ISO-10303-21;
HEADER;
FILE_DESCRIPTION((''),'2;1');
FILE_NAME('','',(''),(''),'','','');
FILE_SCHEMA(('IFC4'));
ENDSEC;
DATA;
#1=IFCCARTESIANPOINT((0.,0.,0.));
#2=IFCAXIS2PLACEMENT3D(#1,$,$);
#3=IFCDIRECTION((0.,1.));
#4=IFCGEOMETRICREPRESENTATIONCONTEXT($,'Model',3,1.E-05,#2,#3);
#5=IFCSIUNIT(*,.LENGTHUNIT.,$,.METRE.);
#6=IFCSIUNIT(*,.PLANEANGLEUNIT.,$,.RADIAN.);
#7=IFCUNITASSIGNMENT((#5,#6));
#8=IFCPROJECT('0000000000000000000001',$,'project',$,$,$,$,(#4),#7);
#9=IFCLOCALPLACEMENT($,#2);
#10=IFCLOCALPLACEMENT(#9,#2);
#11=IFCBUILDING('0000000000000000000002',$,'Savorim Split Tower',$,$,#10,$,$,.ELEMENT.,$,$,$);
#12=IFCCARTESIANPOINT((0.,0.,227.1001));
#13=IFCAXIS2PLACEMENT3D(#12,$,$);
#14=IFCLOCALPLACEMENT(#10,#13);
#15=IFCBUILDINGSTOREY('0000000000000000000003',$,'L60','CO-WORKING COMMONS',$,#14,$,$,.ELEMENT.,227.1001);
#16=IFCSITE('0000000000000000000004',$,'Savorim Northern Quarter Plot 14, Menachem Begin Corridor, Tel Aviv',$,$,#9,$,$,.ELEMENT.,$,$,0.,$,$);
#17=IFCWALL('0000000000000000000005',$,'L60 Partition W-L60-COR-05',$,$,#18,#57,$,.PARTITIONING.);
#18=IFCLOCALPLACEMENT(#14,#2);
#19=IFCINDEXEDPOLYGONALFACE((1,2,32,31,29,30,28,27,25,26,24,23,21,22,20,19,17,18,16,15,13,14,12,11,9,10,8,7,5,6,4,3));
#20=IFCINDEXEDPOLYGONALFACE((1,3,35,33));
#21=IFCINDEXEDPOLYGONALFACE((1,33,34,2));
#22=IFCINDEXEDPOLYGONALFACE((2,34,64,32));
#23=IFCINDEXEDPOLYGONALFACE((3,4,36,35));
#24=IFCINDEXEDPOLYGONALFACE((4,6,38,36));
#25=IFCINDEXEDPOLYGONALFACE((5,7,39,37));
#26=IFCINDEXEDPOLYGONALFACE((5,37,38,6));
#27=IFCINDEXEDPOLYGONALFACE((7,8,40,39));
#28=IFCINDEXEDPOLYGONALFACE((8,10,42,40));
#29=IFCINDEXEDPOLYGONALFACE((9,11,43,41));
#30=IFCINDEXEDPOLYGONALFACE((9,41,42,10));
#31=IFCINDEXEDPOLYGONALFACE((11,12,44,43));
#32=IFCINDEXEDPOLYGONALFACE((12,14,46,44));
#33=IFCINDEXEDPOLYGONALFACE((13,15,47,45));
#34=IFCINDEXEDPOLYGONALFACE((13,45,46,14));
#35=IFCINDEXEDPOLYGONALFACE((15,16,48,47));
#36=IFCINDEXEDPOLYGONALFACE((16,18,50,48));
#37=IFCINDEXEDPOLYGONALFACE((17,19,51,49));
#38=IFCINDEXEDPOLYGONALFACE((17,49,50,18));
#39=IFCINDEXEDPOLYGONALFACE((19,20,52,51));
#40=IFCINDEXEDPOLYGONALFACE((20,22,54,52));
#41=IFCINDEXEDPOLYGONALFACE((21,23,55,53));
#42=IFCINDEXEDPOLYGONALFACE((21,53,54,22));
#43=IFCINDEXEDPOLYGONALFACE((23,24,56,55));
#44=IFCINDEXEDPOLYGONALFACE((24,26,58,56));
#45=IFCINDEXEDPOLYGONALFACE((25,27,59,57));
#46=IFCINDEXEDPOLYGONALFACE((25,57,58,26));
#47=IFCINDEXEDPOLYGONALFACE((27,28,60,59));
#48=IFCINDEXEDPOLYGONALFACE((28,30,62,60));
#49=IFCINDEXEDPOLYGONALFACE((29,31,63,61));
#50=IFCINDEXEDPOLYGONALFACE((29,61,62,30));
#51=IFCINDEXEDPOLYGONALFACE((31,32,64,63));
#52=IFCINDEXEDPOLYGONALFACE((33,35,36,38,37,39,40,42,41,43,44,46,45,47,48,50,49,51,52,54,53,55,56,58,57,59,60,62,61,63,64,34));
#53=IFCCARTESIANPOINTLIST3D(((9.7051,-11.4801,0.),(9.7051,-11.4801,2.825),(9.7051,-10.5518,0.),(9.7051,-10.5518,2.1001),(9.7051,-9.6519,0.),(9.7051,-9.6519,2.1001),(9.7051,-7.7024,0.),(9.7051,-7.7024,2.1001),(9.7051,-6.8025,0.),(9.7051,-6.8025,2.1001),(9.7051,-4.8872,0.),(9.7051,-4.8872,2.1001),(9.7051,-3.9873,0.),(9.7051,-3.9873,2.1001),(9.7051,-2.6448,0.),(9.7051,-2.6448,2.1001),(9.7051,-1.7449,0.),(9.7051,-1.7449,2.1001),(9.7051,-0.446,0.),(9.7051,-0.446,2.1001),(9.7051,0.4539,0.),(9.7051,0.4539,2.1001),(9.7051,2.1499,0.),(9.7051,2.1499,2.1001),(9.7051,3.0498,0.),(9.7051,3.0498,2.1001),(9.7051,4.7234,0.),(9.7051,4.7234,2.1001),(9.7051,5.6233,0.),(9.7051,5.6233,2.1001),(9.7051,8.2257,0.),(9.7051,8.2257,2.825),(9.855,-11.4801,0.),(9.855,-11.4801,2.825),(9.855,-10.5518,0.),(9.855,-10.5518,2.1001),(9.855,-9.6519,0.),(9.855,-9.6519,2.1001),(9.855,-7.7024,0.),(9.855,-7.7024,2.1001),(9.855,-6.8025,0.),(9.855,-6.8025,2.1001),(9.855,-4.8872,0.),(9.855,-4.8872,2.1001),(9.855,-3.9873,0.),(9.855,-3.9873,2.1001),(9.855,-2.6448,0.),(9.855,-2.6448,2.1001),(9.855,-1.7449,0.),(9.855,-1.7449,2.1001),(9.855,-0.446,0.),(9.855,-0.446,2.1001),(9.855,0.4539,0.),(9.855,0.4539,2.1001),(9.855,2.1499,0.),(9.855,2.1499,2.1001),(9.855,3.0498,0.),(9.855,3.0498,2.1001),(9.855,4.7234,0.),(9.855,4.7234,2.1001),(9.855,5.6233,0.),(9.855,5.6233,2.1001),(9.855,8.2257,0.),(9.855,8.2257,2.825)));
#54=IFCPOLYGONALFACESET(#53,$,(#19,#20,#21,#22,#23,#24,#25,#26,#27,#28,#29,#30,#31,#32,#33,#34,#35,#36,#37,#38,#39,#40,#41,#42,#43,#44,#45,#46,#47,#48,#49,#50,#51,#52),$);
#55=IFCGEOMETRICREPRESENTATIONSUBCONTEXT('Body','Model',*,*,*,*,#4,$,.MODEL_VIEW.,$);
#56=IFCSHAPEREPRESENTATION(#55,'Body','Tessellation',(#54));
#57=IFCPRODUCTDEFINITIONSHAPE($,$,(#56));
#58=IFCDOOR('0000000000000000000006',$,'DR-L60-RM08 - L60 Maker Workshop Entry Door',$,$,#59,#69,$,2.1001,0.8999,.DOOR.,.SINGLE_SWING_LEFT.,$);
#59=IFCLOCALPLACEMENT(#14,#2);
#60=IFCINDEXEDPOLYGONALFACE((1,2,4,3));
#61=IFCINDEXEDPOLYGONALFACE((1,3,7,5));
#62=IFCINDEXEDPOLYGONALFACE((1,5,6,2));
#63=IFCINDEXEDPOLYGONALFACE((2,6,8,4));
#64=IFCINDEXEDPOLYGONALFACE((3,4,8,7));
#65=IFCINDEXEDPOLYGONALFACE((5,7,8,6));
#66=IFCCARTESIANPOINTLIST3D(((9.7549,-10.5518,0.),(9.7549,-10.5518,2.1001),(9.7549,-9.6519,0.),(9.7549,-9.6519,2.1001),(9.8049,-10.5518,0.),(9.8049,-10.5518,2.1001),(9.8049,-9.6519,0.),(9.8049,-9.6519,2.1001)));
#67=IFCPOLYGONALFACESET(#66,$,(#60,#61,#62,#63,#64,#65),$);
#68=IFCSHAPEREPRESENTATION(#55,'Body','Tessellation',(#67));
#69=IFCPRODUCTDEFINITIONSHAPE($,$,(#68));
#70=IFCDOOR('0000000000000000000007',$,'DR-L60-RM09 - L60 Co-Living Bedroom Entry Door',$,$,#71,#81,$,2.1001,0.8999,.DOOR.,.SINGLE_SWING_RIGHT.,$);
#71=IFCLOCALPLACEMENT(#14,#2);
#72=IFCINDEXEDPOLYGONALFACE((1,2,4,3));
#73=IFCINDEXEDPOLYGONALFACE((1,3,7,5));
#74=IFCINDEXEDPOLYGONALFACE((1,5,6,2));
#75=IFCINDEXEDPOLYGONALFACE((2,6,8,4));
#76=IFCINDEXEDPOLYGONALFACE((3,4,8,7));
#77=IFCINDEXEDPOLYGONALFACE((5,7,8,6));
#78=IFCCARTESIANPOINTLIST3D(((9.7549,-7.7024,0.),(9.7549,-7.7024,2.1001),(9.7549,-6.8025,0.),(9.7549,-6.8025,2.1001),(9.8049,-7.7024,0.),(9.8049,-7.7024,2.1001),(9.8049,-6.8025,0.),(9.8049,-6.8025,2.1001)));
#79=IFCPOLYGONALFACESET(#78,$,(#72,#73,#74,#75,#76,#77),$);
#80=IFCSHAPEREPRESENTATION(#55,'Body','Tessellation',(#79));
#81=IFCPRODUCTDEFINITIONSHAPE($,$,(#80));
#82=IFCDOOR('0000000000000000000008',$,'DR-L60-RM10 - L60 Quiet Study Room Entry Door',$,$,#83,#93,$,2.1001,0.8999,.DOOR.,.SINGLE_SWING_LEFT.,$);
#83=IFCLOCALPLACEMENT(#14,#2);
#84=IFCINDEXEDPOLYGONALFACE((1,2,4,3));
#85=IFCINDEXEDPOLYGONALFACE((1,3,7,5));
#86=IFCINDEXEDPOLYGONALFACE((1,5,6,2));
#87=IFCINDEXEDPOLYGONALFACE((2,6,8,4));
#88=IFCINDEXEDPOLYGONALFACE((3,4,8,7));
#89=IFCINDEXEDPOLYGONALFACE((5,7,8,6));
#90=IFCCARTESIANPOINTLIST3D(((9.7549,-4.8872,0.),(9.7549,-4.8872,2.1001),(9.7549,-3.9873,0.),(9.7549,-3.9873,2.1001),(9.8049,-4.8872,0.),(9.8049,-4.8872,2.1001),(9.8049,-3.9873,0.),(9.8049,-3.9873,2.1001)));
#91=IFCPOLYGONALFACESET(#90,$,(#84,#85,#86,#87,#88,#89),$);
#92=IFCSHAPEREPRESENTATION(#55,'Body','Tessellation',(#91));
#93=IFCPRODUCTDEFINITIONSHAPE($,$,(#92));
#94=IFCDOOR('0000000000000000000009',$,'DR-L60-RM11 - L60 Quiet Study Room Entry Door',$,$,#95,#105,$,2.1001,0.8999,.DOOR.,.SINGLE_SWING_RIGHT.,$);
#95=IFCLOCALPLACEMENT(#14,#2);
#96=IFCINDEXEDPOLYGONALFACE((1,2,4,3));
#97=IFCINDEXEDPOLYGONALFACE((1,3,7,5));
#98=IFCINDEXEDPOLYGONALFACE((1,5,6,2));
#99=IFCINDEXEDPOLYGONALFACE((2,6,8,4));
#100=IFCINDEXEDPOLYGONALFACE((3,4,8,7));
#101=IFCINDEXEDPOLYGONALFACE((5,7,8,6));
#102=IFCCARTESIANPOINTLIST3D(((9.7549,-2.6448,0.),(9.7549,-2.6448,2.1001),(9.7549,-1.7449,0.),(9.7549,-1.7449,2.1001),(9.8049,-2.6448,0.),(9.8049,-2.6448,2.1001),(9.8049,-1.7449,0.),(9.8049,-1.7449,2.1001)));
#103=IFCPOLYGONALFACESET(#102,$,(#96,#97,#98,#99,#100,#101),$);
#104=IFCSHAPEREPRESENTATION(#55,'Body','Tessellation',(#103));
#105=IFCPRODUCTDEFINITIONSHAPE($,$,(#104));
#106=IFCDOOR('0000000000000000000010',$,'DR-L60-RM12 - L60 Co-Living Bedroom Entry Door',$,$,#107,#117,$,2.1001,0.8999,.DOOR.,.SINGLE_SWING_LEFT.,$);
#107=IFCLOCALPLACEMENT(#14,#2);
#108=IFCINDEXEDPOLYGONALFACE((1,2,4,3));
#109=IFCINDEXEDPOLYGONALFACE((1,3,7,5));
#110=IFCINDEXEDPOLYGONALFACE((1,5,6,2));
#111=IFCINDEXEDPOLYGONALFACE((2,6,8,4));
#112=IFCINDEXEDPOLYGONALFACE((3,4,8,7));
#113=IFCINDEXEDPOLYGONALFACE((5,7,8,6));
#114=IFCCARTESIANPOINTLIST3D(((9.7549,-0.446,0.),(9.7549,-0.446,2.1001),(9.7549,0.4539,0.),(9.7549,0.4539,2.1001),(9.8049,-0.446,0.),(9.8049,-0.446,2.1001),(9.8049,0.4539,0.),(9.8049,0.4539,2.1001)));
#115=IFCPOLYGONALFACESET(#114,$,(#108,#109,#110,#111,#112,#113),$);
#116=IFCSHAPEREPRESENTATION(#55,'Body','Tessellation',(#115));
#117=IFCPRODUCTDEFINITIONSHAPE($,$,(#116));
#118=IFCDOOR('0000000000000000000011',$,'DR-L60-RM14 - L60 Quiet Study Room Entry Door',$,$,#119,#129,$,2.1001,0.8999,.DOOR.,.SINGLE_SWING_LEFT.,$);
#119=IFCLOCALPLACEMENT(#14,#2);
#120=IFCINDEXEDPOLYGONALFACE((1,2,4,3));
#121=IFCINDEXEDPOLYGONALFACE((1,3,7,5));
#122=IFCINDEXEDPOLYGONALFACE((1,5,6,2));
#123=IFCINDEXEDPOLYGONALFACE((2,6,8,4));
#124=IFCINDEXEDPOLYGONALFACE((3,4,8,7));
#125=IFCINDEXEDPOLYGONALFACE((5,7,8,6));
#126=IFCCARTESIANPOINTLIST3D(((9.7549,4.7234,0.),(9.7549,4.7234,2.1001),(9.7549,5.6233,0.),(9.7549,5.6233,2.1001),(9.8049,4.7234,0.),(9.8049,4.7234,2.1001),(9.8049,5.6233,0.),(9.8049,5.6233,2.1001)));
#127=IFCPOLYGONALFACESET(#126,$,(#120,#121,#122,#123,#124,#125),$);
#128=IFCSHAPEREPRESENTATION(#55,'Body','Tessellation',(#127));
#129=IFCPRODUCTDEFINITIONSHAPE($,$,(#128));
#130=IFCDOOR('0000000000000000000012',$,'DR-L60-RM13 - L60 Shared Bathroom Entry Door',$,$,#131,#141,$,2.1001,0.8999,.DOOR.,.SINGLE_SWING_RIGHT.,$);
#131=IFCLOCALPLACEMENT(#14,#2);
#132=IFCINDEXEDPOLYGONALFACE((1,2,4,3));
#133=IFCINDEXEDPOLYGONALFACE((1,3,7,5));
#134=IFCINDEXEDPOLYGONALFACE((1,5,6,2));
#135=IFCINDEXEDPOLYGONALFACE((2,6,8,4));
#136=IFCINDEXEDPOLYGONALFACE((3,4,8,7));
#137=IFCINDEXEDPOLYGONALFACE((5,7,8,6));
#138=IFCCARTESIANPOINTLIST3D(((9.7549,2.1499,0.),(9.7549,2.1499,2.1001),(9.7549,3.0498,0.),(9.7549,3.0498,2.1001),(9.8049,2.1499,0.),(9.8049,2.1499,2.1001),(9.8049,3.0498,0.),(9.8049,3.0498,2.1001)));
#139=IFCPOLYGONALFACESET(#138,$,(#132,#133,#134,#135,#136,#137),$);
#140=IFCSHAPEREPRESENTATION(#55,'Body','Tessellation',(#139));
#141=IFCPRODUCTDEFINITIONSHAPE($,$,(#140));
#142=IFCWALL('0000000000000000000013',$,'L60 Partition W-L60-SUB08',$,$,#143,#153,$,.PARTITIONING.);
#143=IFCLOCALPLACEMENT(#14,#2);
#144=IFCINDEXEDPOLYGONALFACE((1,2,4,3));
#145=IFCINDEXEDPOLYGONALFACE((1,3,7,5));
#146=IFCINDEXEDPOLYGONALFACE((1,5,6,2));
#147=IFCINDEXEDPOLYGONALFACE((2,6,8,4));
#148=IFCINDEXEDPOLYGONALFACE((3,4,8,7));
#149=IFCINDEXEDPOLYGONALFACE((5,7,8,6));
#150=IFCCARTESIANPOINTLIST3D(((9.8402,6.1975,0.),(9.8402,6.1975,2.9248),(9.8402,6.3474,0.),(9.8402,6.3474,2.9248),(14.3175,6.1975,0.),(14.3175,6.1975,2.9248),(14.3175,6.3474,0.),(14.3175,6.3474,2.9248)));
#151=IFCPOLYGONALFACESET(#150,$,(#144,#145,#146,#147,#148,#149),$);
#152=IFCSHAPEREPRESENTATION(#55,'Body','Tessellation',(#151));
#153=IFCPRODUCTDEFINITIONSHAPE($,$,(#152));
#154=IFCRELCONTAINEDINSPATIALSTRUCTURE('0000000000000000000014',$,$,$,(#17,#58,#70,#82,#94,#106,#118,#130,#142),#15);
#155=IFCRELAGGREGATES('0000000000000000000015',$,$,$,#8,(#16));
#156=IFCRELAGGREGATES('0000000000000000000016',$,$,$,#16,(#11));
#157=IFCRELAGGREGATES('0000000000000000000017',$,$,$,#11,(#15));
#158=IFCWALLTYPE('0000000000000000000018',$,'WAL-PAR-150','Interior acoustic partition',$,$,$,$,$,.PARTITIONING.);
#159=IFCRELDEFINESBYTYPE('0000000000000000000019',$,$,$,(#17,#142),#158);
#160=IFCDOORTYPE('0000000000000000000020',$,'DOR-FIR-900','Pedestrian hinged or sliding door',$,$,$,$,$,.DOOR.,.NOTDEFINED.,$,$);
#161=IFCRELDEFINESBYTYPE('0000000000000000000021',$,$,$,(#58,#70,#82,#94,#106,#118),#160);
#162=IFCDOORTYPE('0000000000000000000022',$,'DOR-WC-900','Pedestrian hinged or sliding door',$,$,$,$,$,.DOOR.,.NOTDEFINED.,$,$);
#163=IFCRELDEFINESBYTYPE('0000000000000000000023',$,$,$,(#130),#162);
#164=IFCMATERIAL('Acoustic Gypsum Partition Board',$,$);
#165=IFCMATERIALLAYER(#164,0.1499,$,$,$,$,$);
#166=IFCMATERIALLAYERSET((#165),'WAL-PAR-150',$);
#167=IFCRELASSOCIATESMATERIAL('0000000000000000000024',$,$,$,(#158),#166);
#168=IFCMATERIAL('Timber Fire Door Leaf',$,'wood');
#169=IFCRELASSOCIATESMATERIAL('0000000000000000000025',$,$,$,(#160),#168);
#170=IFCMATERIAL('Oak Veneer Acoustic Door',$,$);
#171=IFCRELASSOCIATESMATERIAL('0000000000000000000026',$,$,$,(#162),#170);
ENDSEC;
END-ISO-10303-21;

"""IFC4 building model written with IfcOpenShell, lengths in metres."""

from ifc_helpers import new_model, si_unit, direction, frame, frame_2d, origin, place, context, subcontext, project, spatial, rectangle, extrude, material, layer, layer_set, type_object, element, fill, save


model = new_model("IFC4")

# Units and contexts
model_context = context("Model", 3, precision=1e-05, world=origin(), true_north=direction((0.0, 1.0)))
body_context = subcontext(model_context, "Body", "Model", "MODEL_VIEW")
ifc_project = project(units=[si_unit("LENGTHUNIT", "METRE"), si_unit("PLANEANGLEUNIT", "RADIAN")], contexts=[model_context])

# Site, building, storey
site_placement = place(None, origin())
site = spatial("IfcSite", under=ifc_project, at=site_placement, Name="Savorim Northern Quarter Plot 14, Menachem Begin Corridor, Tel Aviv", CompositionType="ELEMENT", RefElevation=0.0)
building_placement = place(site_placement, origin())
building = spatial("IfcBuilding", under=site, at=building_placement, Name="Savorim Split Tower", CompositionType="ELEMENT")
storey_placement = place(building_placement, frame((0.0, 0.0, 227.1001)))
storey = spatial("IfcBuildingStorey", under=building, at=storey_placement, Name="L60", Description="CO-WORKING COMMONS", CompositionType="ELEMENT", Elevation=227.1001)

# Shared definitions
ifc_material_1 = material(Name="Timber Fire Door Leaf", Category="wood")

# Shared definitions
ifc_material_2 = material(Name="Acoustic Gypsum Partition Board")
ifc_layer_1 = layer(ifc_material_2, 0.1499)
ifc_layer_set_1 = layer_set([ifc_layer_1], Name="WAL-PAR-150")
wall_type_1 = type_object("IfcWallType", Name="WAL-PAR-150", Description="Interior acoustic partition", PredefinedType="PARTITIONING", material=ifc_layer_set_1)

# Wall, openings, doors
wall_1_placement = place(storey_placement, frame((9.78, 8.2258, 0.0), z_axis=(0.0, 0.0, 1.0), x_axis=(0.0, -1.0, 0.0)))
wall_1 = element("IfcWall", 1, at=wall_1_placement, inside=storey, type_object=wall_type_1, Name="L60 Partition W-L60-COR-05", PredefinedType="PARTITIONING", context=body_context, shape_type="SweptSolid", body=[
    extrude(rectangle(XDim=19.7058, YDim=0.1499, at=frame_2d((9.853, 0.0))), origin(), (0.0, 0.0, 1.0), 2.825),
])
opening_1_placement = place(wall_1_placement, frame((17.8777, 0.0, 0.0)))
opening_1 = element("IfcOpeningElement", 2, at=opening_1_placement, cuts=wall_1, PredefinedType="OPENING", context=body_context, shape_type="SweptSolid", body=[
    extrude(rectangle(XDim=0.8999, YDim=2.1001, at=frame_2d((0.45, 1.05))), frame((0.0, 0.085, 0.0), z_axis=(0.0, -1.0, 0.0), x_axis=(1.0, 0.0, 0.0)), (0.0, 0.0, 1.0), 0.1699),
])
opening_2_placement = place(wall_1_placement, frame((15.0283, 0.0, 0.0)))
opening_2 = element("IfcOpeningElement", 3, at=opening_2_placement, cuts=wall_1, PredefinedType="OPENING", context=body_context, shape_type="SweptSolid", body=[
    extrude(rectangle(XDim=0.8999, YDim=2.1001, at=frame_2d((0.45, 1.05))), frame((0.0, 0.085, 0.0), z_axis=(0.0, -1.0, 0.0), x_axis=(1.0, 0.0, 0.0)), (0.0, 0.0, 1.0), 0.1699),
])
opening_3_placement = place(wall_1_placement, frame((12.2131, 0.0, 0.0)))
opening_3 = element("IfcOpeningElement", 4, at=opening_3_placement, cuts=wall_1, PredefinedType="OPENING", context=body_context, shape_type="SweptSolid", body=[
    extrude(rectangle(XDim=0.8999, YDim=2.1001, at=frame_2d((0.45, 1.05))), frame((0.0, 0.085, 0.0), z_axis=(0.0, -1.0, 0.0), x_axis=(1.0, 0.0, 0.0)), (0.0, 0.0, 1.0), 0.1699),
])
opening_4_placement = place(wall_1_placement, frame((9.9707, 0.0, 0.0)))
opening_4 = element("IfcOpeningElement", 5, at=opening_4_placement, cuts=wall_1, PredefinedType="OPENING", context=body_context, shape_type="SweptSolid", body=[
    extrude(rectangle(XDim=0.8999, YDim=2.1001, at=frame_2d((0.45, 1.05))), frame((0.0, 0.085, 0.0), z_axis=(0.0, -1.0, 0.0), x_axis=(1.0, 0.0, 0.0)), (0.0, 0.0, 1.0), 0.1699),
])
opening_5_placement = place(wall_1_placement, frame((7.772, 0.0, 0.0)))
opening_5 = element("IfcOpeningElement", 6, at=opening_5_placement, cuts=wall_1, PredefinedType="OPENING", context=body_context, shape_type="SweptSolid", body=[
    extrude(rectangle(XDim=0.8999, YDim=2.1001, at=frame_2d((0.45, 1.05))), frame((0.0, 0.085, 0.0), z_axis=(0.0, -1.0, 0.0), x_axis=(1.0, 0.0, 0.0)), (0.0, 0.0, 1.0), 0.1699),
])
opening_6_placement = place(wall_1_placement, frame((5.176, 0.0, 0.0)))
opening_6 = element("IfcOpeningElement", 7, at=opening_6_placement, cuts=wall_1, PredefinedType="OPENING", context=body_context, shape_type="SweptSolid", body=[
    extrude(rectangle(XDim=0.8999, YDim=2.1001, at=frame_2d((0.45, 1.05))), frame((0.0, 0.085, 0.0), z_axis=(0.0, -1.0, 0.0), x_axis=(1.0, 0.0, 0.0)), (0.0, 0.0, 1.0), 0.1699),
])
opening_7_placement = place(wall_1_placement, frame((2.6025, 0.0, 0.0)))
opening_7 = element("IfcOpeningElement", 8, at=opening_7_placement, cuts=wall_1, PredefinedType="OPENING", context=body_context, shape_type="SweptSolid", body=[
    extrude(rectangle(XDim=0.8999, YDim=2.1001, at=frame_2d((0.45, 1.05))), frame((0.0, 0.085, 0.0), z_axis=(0.0, -1.0, 0.0), x_axis=(1.0, 0.0, 0.0)), (0.0, 0.0, 1.0), 0.1699),
])
door_type_1 = type_object("IfcDoorType", Name="DOR-FIR-900", Description="Pedestrian hinged or sliding door", OperationType="NOTDEFINED", PredefinedType="DOOR", material=ifc_material_1)
door_1_placement = place(opening_1_placement, origin())
door_1 = element("IfcDoor", 9, at=door_1_placement, inside=storey, type_object=door_type_1, Name="DR-L60-RM08 - L60 Maker Workshop Entry Door", OperationType="SINGLE_SWING_LEFT", OverallHeight=2.1001, OverallWidth=0.8999, PredefinedType="DOOR", context=body_context, shape_type="SweptSolid", body=[
    extrude(rectangle(XDim=0.8999, YDim=2.1001, at=frame_2d((0.45, 1.05))), frame((0.0, 0.0249, 0.0), z_axis=(0.0, -1.0, 0.0), x_axis=(1.0, 0.0, 0.0)), (0.0, 0.0, 1.0), 0.05),
])
fill(opening_1, door_1)
door_2_placement = place(opening_2_placement, origin())
door_2 = element("IfcDoor", 10, at=door_2_placement, inside=storey, type_object=door_type_1, Name="DR-L60-RM09 - L60 Co-Living Bedroom Entry Door", OperationType="SINGLE_SWING_RIGHT", OverallHeight=2.1001, OverallWidth=0.8999, PredefinedType="DOOR", context=body_context, shape_type="SweptSolid", body=[
    extrude(rectangle(XDim=0.8999, YDim=2.1001, at=frame_2d((0.45, 1.05))), frame((0.0, 0.0249, 0.0), z_axis=(0.0, -1.0, 0.0), x_axis=(1.0, 0.0, 0.0)), (0.0, 0.0, 1.0), 0.05),
])
fill(opening_2, door_2)
door_3_placement = place(opening_3_placement, origin())
door_3 = element("IfcDoor", 11, at=door_3_placement, inside=storey, type_object=door_type_1, Name="DR-L60-RM10 - L60 Quiet Study Room Entry Door", OperationType="SINGLE_SWING_LEFT", OverallHeight=2.1001, OverallWidth=0.8999, PredefinedType="DOOR", context=body_context, shape_type="SweptSolid", body=[
    extrude(rectangle(XDim=0.8999, YDim=2.1001, at=frame_2d((0.45, 1.05))), frame((0.0, 0.0249, 0.0), z_axis=(0.0, -1.0, 0.0), x_axis=(1.0, 0.0, 0.0)), (0.0, 0.0, 1.0), 0.05),
])
fill(opening_3, door_3)
door_4_placement = place(opening_4_placement, origin())
door_4 = element("IfcDoor", 12, at=door_4_placement, inside=storey, type_object=door_type_1, Name="DR-L60-RM11 - L60 Quiet Study Room Entry Door", OperationType="SINGLE_SWING_RIGHT", OverallHeight=2.1001, OverallWidth=0.8999, PredefinedType="DOOR", context=body_context, shape_type="SweptSolid", body=[
    extrude(rectangle(XDim=0.8999, YDim=2.1001, at=frame_2d((0.45, 1.05))), frame((0.0, 0.0249, 0.0), z_axis=(0.0, -1.0, 0.0), x_axis=(1.0, 0.0, 0.0)), (0.0, 0.0, 1.0), 0.05),
])
fill(opening_4, door_4)
door_5_placement = place(opening_5_placement, origin())
door_5 = element("IfcDoor", 13, at=door_5_placement, inside=storey, type_object=door_type_1, Name="DR-L60-RM12 - L60 Co-Living Bedroom Entry Door", OperationType="SINGLE_SWING_LEFT", OverallHeight=2.1001, OverallWidth=0.8999, PredefinedType="DOOR", context=body_context, shape_type="SweptSolid", body=[
    extrude(rectangle(XDim=0.8999, YDim=2.1001, at=frame_2d((0.45, 1.05))), frame((0.0, 0.0249, 0.0), z_axis=(0.0, -1.0, 0.0), x_axis=(1.0, 0.0, 0.0)), (0.0, 0.0, 1.0), 0.05),
])
fill(opening_5, door_5)
door_6_placement = place(opening_7_placement, origin())
door_6 = element("IfcDoor", 14, at=door_6_placement, inside=storey, type_object=door_type_1, Name="DR-L60-RM14 - L60 Quiet Study Room Entry Door", OperationType="SINGLE_SWING_LEFT", OverallHeight=2.1001, OverallWidth=0.8999, PredefinedType="DOOR", context=body_context, shape_type="SweptSolid", body=[
    extrude(rectangle(XDim=0.8999, YDim=2.1001, at=frame_2d((0.45, 1.05))), frame((0.0, 0.0249, 0.0), z_axis=(0.0, -1.0, 0.0), x_axis=(1.0, 0.0, 0.0)), (0.0, 0.0, 1.0), 0.05),
])
fill(opening_7, door_6)
ifc_material_3 = material(Name="Oak Veneer Acoustic Door")
door_type_2 = type_object("IfcDoorType", Name="DOR-WC-900", Description="Pedestrian hinged or sliding door", OperationType="NOTDEFINED", PredefinedType="DOOR", material=ifc_material_3)
door_7_placement = place(opening_6_placement, origin())
door_7 = element("IfcDoor", 15, at=door_7_placement, inside=storey, type_object=door_type_2, Name="DR-L60-RM13 - L60 Shared Bathroom Entry Door", OperationType="SINGLE_SWING_RIGHT", OverallHeight=2.1001, OverallWidth=0.8999, PredefinedType="DOOR", context=body_context, shape_type="SweptSolid", body=[
    extrude(rectangle(XDim=0.8999, YDim=2.1001, at=frame_2d((0.45, 1.05))), frame((0.0, 0.0249, 0.0), z_axis=(0.0, -1.0, 0.0), x_axis=(1.0, 0.0, 0.0)), (0.0, 0.0, 1.0), 0.05),
])
fill(opening_6, door_7)

# Wall
wall_2_placement = place(storey_placement, frame((9.8401, 6.2725, 0.0), z_axis=(0.0, 0.0, 1.0), x_axis=(1.0, 0.0, 0.0)))
element("IfcWall", 16, at=wall_2_placement, inside=storey, type_object=wall_type_1, Name="L60 Partition W-L60-SUB08", PredefinedType="PARTITIONING", context=body_context, shape_type="SweptSolid", body=[
    extrude(rectangle(XDim=4.4773, YDim=0.1499, at=frame_2d((2.2388, 0.0))), origin(), (0.0, 0.0, 1.0), 2.9248),
])

save(model, "model.ifc")
